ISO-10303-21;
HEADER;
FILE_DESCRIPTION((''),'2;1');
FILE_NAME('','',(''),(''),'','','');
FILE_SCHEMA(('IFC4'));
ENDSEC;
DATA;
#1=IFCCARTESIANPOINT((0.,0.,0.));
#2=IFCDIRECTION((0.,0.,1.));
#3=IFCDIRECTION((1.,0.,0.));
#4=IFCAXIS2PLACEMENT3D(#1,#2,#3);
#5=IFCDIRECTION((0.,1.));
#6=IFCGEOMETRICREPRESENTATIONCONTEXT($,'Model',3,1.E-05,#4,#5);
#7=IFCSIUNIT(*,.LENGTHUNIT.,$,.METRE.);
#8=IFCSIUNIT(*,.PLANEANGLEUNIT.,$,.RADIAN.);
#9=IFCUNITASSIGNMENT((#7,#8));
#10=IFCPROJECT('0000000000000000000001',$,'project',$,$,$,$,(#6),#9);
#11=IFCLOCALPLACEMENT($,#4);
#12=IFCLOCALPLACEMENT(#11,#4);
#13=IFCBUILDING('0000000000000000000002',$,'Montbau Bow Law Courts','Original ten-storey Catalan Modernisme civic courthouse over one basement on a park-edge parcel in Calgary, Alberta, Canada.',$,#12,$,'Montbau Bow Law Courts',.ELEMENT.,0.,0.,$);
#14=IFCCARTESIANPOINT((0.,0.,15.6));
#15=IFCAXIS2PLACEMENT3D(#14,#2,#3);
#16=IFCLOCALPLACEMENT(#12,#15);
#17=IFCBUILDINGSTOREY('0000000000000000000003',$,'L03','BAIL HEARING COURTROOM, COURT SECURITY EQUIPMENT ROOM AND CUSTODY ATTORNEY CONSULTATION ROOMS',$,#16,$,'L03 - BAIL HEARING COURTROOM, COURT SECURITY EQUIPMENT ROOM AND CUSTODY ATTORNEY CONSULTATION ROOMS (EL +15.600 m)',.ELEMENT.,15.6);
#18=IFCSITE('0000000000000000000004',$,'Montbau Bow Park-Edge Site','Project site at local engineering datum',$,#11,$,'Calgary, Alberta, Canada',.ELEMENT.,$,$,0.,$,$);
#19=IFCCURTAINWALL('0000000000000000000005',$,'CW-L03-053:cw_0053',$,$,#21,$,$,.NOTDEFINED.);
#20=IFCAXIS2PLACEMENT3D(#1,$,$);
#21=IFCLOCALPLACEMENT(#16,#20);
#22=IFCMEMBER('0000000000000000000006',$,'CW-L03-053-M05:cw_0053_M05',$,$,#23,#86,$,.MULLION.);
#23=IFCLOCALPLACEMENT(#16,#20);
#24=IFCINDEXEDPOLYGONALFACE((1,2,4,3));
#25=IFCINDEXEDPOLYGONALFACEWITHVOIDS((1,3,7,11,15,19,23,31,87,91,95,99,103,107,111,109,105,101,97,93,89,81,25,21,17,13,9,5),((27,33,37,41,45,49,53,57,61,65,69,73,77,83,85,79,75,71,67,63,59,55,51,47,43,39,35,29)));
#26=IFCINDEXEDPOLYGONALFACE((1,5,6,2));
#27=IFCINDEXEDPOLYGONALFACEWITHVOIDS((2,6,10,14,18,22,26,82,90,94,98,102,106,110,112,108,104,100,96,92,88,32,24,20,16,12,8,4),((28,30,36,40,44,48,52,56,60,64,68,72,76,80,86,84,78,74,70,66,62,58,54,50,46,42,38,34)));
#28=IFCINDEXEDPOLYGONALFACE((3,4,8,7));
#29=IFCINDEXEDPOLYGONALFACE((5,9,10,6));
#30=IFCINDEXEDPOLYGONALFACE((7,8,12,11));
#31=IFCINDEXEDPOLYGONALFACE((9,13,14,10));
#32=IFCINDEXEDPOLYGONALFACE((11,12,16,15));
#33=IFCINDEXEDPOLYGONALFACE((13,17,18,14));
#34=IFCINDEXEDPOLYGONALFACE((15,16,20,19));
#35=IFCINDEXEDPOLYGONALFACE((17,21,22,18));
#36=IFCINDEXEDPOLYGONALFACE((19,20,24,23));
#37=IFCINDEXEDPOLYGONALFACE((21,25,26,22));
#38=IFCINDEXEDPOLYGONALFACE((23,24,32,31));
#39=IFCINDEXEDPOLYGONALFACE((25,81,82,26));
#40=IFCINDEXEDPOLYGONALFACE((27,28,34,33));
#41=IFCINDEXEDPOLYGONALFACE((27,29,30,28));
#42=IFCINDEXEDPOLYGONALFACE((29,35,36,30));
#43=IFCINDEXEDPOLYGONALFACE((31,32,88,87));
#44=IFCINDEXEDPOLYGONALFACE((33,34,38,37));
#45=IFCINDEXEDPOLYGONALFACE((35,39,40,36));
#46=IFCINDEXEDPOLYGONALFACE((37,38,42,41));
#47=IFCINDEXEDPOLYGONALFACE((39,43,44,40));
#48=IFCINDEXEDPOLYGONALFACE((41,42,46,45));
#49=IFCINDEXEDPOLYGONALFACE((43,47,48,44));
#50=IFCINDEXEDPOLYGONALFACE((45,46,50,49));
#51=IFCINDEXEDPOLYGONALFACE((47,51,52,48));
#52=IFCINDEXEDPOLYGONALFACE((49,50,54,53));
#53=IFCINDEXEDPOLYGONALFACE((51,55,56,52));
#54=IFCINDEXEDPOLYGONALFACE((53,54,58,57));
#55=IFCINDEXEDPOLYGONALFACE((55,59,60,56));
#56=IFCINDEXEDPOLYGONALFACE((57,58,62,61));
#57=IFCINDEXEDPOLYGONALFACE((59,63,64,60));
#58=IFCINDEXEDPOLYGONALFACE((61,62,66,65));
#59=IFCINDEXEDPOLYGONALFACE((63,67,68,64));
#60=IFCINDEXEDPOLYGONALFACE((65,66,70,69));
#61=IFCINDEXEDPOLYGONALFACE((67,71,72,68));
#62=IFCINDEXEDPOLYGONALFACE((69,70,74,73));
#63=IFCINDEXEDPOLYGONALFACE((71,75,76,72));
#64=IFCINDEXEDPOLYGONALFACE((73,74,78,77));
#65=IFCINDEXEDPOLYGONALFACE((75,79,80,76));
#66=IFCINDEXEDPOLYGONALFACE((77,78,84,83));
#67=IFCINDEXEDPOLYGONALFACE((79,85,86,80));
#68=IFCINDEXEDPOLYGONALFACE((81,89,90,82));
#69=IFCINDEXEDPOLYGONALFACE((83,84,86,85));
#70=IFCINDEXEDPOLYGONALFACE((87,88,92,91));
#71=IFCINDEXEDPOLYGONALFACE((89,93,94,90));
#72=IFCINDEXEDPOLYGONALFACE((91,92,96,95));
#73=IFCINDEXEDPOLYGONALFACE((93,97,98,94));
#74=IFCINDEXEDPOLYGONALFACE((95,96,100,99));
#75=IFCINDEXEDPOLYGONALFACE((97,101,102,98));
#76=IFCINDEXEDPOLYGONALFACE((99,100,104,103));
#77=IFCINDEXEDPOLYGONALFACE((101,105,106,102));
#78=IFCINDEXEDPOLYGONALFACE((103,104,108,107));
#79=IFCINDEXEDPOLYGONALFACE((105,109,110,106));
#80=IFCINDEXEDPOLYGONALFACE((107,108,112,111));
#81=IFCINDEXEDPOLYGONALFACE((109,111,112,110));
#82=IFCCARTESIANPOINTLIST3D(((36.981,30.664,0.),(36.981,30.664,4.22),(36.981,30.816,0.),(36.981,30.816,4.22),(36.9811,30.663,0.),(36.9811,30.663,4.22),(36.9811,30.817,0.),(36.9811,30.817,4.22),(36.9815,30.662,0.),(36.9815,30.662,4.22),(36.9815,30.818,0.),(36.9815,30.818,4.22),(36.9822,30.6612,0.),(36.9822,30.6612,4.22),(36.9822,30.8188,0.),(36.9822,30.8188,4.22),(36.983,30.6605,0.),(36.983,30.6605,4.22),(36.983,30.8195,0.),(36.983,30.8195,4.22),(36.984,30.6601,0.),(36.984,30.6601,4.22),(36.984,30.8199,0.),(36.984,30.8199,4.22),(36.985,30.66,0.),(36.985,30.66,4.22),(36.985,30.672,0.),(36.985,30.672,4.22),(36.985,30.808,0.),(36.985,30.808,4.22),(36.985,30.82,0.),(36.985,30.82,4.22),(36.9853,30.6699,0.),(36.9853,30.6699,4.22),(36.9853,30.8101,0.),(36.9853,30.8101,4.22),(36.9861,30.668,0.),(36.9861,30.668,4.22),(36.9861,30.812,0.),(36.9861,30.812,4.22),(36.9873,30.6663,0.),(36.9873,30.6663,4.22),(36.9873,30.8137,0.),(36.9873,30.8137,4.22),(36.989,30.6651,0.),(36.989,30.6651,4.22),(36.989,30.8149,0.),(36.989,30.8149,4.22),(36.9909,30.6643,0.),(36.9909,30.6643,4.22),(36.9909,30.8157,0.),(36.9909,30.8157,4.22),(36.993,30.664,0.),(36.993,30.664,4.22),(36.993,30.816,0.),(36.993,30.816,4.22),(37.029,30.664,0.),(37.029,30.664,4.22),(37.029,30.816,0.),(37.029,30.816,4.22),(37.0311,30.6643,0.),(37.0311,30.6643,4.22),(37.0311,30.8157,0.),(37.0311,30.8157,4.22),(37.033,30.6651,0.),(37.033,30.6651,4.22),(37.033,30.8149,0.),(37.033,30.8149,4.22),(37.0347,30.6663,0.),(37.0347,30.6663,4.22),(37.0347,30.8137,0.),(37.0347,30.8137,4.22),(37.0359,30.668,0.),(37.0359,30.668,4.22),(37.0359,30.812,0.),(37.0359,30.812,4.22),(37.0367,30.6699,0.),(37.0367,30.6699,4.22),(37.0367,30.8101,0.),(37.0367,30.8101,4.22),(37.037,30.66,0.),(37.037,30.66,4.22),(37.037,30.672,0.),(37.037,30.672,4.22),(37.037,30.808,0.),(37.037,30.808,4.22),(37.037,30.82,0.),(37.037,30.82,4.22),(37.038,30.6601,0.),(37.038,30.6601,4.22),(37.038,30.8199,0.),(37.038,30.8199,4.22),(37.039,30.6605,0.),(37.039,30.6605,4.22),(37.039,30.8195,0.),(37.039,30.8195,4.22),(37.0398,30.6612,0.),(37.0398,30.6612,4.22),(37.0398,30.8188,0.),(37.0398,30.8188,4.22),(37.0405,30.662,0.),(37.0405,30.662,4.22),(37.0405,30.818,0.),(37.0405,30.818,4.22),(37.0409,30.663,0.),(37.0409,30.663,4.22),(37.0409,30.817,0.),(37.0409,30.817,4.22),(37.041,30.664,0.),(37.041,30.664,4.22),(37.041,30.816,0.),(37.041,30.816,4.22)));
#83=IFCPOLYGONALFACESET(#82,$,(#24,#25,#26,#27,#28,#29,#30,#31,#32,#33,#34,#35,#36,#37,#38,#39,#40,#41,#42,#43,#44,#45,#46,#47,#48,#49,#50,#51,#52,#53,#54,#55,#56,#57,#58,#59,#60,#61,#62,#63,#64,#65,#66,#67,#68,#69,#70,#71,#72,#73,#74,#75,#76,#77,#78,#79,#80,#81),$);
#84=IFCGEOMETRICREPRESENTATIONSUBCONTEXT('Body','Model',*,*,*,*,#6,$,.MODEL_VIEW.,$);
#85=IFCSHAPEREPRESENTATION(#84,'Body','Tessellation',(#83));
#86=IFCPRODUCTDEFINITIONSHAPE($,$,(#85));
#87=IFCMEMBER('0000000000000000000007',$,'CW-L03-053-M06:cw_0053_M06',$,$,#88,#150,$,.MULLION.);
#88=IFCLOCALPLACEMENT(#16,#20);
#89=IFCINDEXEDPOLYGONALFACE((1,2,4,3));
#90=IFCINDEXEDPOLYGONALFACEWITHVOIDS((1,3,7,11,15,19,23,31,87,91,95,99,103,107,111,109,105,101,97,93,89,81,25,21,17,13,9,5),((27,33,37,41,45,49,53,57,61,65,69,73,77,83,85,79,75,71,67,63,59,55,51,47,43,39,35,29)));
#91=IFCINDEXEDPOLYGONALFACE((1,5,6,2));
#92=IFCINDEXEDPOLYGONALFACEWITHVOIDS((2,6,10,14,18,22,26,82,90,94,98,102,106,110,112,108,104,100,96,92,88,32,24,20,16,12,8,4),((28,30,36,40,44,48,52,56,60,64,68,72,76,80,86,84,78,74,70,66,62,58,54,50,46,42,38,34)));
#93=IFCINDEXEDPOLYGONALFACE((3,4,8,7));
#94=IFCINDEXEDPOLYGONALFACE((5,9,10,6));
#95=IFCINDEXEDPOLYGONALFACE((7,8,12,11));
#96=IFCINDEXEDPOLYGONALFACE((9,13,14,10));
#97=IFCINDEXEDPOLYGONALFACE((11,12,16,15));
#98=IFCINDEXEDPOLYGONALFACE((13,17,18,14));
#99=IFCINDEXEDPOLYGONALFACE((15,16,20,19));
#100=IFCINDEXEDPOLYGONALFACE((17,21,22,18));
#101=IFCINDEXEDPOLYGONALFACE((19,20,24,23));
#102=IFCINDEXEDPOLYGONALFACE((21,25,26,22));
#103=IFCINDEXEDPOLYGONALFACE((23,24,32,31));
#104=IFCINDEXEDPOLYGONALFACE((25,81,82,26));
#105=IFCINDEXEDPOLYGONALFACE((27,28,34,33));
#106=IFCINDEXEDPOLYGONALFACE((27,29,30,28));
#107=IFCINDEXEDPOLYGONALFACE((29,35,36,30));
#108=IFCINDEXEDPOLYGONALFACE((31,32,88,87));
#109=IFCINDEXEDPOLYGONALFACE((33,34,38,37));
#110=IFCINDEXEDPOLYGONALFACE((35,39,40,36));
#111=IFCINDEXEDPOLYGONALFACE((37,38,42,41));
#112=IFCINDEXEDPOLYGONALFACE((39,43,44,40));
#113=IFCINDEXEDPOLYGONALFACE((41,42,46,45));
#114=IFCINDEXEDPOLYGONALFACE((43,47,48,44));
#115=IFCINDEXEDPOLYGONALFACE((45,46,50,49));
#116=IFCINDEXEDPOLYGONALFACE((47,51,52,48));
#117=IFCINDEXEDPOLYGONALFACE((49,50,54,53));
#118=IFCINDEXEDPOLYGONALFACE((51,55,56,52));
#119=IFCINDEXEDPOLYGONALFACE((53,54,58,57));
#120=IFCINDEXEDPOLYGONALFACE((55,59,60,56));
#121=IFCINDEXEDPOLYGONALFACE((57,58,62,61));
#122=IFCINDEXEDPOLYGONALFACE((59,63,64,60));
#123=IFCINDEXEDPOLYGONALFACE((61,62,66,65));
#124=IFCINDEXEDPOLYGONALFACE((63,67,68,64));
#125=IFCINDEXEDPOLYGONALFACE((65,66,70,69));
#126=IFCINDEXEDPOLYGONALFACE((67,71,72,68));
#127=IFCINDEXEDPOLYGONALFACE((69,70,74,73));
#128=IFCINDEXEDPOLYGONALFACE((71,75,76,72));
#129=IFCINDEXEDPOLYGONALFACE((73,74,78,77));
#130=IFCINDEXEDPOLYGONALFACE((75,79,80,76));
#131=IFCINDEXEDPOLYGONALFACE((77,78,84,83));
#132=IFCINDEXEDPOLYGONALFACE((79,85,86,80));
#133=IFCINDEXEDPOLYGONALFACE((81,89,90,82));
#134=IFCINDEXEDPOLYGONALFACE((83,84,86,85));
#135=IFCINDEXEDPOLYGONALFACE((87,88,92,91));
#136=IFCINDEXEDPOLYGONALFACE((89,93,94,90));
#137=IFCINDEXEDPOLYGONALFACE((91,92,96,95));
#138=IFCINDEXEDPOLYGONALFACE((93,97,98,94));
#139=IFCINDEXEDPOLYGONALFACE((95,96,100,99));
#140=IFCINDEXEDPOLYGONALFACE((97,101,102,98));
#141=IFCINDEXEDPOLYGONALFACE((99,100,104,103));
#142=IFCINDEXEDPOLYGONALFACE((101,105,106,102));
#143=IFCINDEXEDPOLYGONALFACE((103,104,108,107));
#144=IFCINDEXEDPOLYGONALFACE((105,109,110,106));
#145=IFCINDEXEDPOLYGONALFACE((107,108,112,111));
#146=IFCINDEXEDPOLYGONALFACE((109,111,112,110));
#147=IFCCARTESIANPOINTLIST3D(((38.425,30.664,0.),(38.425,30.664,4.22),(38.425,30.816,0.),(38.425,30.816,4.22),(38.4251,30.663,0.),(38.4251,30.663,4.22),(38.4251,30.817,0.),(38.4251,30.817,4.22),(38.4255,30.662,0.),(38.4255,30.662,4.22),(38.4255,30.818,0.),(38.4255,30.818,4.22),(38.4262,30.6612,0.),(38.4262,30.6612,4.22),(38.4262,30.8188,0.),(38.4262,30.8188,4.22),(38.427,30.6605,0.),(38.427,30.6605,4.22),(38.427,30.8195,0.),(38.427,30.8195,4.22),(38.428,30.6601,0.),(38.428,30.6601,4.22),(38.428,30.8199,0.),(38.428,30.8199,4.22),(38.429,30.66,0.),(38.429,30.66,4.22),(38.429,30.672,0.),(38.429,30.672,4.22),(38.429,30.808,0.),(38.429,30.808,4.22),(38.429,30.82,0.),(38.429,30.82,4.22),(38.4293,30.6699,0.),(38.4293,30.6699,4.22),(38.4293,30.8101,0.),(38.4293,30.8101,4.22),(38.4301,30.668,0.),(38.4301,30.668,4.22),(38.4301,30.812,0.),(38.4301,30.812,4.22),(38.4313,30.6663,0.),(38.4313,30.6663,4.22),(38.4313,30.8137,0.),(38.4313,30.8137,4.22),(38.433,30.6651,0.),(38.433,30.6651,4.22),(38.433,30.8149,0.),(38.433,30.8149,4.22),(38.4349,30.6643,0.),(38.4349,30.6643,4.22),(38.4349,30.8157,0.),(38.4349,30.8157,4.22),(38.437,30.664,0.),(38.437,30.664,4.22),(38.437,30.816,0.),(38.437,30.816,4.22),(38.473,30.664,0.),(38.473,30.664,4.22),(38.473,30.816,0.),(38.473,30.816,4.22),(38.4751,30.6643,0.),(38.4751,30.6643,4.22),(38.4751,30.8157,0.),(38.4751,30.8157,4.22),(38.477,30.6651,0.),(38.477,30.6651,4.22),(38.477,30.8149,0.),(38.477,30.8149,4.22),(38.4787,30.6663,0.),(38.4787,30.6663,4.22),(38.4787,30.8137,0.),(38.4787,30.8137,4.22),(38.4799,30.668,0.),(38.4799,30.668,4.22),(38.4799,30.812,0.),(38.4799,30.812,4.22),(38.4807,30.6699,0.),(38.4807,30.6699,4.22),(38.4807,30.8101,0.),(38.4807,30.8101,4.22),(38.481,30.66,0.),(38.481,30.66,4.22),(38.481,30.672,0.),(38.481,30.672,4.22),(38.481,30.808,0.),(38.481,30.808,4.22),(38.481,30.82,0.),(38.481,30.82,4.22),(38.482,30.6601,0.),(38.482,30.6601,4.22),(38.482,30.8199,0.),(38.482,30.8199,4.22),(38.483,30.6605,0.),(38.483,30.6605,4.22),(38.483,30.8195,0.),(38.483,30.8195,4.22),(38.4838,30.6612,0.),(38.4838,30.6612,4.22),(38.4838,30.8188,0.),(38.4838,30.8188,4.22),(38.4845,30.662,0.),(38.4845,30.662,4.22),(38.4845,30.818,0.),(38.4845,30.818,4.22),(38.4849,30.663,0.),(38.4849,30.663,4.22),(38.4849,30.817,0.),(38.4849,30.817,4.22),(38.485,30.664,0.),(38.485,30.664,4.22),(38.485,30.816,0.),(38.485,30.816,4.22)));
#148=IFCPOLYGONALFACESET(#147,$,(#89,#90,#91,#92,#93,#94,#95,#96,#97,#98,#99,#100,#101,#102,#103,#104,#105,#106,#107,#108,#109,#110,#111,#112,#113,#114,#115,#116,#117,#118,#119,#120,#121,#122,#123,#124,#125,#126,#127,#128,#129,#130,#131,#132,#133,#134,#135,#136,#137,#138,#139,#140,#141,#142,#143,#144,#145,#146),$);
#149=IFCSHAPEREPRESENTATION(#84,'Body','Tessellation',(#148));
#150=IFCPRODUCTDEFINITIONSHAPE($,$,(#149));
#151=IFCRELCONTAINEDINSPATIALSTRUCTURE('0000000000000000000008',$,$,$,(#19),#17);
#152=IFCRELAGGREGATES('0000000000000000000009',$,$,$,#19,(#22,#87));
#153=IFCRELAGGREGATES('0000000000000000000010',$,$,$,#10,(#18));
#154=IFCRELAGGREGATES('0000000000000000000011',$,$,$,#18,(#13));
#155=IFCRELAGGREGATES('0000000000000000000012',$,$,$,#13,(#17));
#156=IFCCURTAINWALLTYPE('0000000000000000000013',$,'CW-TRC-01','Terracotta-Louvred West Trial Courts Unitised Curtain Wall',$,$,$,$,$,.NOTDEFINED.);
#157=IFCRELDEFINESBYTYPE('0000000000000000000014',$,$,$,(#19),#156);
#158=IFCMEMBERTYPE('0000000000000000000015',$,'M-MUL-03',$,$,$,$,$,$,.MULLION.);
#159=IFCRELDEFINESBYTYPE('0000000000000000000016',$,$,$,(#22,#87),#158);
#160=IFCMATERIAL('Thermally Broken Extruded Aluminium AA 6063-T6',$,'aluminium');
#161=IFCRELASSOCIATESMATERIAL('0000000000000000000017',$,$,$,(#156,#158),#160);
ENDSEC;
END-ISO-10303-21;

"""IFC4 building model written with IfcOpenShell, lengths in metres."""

from ifc_helpers import new_model, si_unit, direction, frame, origin_with_axes, origin_2d_with_axis, place, context, subcontext, project, spatial, hollow_rectangle, extrude, material, material_profile, profile_set, type_object, element, aggregate, save


model = new_model("IFC4")

# Units and contexts
model_context = context("Model", 3, precision=1e-05, world=origin_with_axes(), true_north=direction((0.0, 1.0)))
body_context = subcontext(model_context, "Body", "Model", "MODEL_VIEW")
ifc_project = project(units=[si_unit("LENGTHUNIT", "METRE"), si_unit("PLANEANGLEUNIT", "RADIAN")], contexts=[model_context])

# Site, building, storey
site_placement = place(None, origin_with_axes())
site = spatial("IfcSite", under=ifc_project, at=site_placement, Name="Montbau Bow Park-Edge Site", Description="Project site at local engineering datum", LongName="Calgary, Alberta, Canada", CompositionType="ELEMENT", RefElevation=0.0)
building_placement = place(site_placement, origin_with_axes())
building = spatial("IfcBuilding", under=site, at=building_placement, Name="Montbau Bow Law Courts", Description="Original ten-storey Catalan Modernisme civic courthouse over one basement on a park-edge parcel in Calgary, Alberta, Canada.", LongName="Montbau Bow Law Courts", CompositionType="ELEMENT", ElevationOfRefHeight=0.0, ElevationOfTerrain=0.0)
storey_placement = place(building_placement, frame((0.0, 0.0, 15.6), z_axis=(0.0, 0.0, 1.0), x_axis=(1.0, 0.0, 0.0)))
storey = spatial("IfcBuildingStorey", under=building, at=storey_placement, Name="L03", Description="BAIL HEARING COURTROOM, COURT SECURITY EQUIPMENT ROOM AND CUSTODY ATTORNEY CONSULTATION ROOMS", LongName="L03 - BAIL HEARING COURTROOM, COURT SECURITY EQUIPMENT ROOM AND CUSTODY ATTORNEY CONSULTATION ROOMS (EL +15.600 m)", CompositionType="ELEMENT", Elevation=15.6)

# Shared definitions
ifc_material_1 = material(Name="Thermally Broken Extruded Aluminium AA 6063-T6", Category="aluminium")
curtain_wall_type = type_object("IfcCurtainWallType", Name="CW-TRC-01", Description="Terracotta-Louvred West Trial Courts Unitised Curtain Wall", PredefinedType="NOTDEFINED", material=ifc_material_1)

# Curtain wall, members
curtain_wall_1_placement = place(None, frame((31.115, 30.74, 15.6), z_axis=(0.0, 0.0, 1.0), x_axis=(1.0, 0.0, 0.0)))
curtain_wall_1 = element("IfcCurtainWall", 1, at=curtain_wall_1_placement, inside=storey, type_object=curtain_wall_type, Name="CW-L03-053:cw_0053", PredefinedType="NOTDEFINED")
ifc_material_profile_1 = material_profile(ifc_material_1, hollow_rectangle(XDim=0.06, YDim=0.16, WallThickness=0.004, InnerFilletRadius=0.008, OuterFilletRadius=0.004, at=origin_2d_with_axis()), Name="CWM-160X60", Category="Main", Priority=0)
ifc_profile_set_1 = profile_set([ifc_material_profile_1], Name="Thermally Broken Extruded Aluminium AA 6063-T6")
member_type_1 = type_object("IfcMemberType", Name="M-MUL-03", PredefinedType="MULLION", material=ifc_profile_set_1)
member_1_placement = place(None, frame((37.011, 30.74, 15.6), z_axis=(0.0, 0.0, 1.0), x_axis=(1.0, 0.0, 0.0)))
member_1 = element("IfcMember", 2, at=member_1_placement, type_object=member_type_1, Name="CW-L03-053-M05:cw_0053_M05", PredefinedType="MULLION", context=body_context, shape_type="SweptSolid", body=[
    extrude(hollow_rectangle(XDim=0.06, YDim=0.16, WallThickness=0.004, InnerFilletRadius=0.008, OuterFilletRadius=0.004, at=origin_2d_with_axis()), origin_with_axes(), (0.0, 0.0, 1.0), 4.22),
])
member_2_placement = place(None, frame((38.455, 30.74, 15.6), z_axis=(0.0, 0.0, 1.0), x_axis=(1.0, 0.0, 0.0)))
member_2 = element("IfcMember", 3, at=member_2_placement, type_object=member_type_1, Name="CW-L03-053-M06:cw_0053_M06", PredefinedType="MULLION", context=body_context, shape_type="SweptSolid", body=[
    extrude(hollow_rectangle(XDim=0.06, YDim=0.16, WallThickness=0.004, InnerFilletRadius=0.008, OuterFilletRadius=0.004, at=origin_2d_with_axis()), origin_with_axes(), (0.0, 0.0, 1.0), 4.22),
])

aggregate(curtain_wall_1, [member_1, member_2])

save(model, "model.ifc")
